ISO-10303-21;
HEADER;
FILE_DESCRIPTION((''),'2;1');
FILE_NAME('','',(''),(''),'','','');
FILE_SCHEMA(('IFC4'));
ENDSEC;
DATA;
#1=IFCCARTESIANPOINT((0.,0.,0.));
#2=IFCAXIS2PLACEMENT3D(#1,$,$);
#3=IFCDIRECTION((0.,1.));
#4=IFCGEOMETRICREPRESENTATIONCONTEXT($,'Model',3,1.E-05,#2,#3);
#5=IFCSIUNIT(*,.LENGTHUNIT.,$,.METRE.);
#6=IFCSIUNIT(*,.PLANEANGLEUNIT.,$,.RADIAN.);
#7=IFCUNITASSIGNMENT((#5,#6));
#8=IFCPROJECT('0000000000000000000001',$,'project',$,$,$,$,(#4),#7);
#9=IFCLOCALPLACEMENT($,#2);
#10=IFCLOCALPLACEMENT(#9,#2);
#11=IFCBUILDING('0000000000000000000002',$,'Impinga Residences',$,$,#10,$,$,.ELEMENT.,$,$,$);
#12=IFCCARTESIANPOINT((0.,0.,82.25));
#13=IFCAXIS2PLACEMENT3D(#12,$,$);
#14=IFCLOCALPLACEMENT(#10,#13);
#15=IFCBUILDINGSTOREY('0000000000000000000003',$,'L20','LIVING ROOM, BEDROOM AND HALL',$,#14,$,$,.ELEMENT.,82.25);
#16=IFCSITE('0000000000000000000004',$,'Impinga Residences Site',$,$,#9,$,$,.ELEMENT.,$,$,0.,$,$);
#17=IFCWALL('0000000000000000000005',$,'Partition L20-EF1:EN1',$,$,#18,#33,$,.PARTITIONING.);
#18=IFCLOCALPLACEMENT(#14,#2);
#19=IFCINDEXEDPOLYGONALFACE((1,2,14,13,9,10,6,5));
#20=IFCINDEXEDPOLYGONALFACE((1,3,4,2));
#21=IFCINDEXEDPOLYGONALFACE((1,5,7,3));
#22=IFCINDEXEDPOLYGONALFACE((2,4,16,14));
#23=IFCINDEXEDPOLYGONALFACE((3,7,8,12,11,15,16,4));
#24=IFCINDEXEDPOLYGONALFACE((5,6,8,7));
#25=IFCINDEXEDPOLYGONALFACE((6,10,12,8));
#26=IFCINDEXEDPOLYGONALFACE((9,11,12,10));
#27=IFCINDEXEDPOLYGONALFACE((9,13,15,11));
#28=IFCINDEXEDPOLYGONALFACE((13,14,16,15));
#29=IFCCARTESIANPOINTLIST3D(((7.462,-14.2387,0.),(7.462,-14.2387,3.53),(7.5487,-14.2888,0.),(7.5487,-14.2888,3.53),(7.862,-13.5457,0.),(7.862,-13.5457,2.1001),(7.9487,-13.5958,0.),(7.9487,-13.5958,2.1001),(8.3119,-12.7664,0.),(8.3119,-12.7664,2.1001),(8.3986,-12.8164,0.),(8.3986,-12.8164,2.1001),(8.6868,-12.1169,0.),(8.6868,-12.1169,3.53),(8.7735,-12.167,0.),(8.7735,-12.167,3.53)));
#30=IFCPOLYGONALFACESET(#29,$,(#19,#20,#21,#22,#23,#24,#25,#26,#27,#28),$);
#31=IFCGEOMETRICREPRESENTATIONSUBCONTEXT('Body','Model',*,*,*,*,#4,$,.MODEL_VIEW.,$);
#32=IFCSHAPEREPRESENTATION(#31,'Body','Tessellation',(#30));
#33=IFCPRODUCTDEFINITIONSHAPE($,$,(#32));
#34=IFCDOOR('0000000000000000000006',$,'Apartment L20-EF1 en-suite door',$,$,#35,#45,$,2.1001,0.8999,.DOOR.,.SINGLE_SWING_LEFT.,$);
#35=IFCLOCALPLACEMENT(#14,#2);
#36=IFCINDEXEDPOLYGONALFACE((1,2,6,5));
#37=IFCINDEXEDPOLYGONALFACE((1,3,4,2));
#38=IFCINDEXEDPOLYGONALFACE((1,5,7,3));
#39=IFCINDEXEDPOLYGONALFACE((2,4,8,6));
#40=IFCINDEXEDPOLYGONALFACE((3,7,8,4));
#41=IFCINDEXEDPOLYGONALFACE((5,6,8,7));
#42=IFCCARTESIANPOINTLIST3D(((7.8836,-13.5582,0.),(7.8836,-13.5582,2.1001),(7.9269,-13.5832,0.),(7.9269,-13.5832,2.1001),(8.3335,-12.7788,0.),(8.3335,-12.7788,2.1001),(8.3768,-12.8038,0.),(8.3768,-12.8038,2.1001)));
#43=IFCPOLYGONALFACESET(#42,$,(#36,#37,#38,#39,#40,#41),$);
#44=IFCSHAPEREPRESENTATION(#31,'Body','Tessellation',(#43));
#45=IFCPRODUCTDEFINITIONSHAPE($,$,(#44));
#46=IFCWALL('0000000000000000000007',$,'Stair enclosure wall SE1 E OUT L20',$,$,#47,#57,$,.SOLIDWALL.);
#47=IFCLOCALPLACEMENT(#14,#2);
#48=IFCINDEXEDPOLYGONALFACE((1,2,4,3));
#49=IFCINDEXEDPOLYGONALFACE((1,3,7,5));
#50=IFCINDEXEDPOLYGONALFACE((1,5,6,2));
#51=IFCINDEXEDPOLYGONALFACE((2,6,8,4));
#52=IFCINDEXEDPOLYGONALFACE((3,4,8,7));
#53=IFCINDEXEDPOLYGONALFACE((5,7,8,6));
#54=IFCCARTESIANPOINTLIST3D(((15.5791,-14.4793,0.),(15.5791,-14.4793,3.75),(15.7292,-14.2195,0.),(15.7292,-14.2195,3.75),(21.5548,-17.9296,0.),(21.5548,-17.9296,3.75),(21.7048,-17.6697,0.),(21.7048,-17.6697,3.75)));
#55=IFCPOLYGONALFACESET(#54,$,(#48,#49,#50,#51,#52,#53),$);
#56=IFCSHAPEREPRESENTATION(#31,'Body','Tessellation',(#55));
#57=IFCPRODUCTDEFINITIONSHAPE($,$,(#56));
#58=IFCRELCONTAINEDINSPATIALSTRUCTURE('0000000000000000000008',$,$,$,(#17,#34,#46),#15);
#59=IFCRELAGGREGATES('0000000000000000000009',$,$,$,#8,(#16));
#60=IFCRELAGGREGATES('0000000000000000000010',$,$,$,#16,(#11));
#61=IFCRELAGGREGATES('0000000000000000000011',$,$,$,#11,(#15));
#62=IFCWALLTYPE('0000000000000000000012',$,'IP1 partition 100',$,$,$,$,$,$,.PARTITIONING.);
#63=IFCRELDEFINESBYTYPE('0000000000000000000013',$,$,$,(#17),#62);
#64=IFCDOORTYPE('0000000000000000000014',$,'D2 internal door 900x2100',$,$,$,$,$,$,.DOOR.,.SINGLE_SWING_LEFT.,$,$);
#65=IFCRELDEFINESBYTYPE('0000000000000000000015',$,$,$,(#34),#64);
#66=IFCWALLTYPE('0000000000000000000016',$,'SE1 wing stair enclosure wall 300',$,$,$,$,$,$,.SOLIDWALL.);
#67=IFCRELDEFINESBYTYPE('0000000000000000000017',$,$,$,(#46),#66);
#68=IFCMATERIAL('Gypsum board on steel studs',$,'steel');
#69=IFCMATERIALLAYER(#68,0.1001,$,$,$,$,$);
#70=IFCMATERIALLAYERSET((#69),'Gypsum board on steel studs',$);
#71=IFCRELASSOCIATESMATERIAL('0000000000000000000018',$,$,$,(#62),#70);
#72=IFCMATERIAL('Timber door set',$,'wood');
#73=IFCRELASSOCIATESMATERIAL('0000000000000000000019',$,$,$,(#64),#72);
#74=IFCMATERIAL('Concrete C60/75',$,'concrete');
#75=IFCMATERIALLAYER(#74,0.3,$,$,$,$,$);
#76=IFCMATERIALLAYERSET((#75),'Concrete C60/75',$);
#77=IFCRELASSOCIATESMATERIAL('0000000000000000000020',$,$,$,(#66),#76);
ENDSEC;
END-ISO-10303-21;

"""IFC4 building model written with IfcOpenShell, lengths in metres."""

from ifc_helpers import new_model, si_unit, direction, frame, frame_2d, origin, place, context, subcontext, project, spatial, rectangle, extrude, material, layer, layer_set, type_object, element, fill, save


model = new_model("IFC4")

# Units and contexts
model_context = context("Model", 3, precision=1e-05, world=origin(), true_north=direction((0.0, 1.0)))
body_context = subcontext(model_context, "Body", "Model", "MODEL_VIEW")
ifc_project = project(units=[si_unit("LENGTHUNIT", "METRE"), si_unit("PLANEANGLEUNIT", "RADIAN")], contexts=[model_context])

# Site, building, storey
site_placement = place(None, origin())
site = spatial("IfcSite", under=ifc_project, at=site_placement, Name="Impinga Residences Site", CompositionType="ELEMENT", RefElevation=0.0)
building_placement = place(site_placement, origin())
building = spatial("IfcBuilding", under=site, at=building_placement, Name="Impinga Residences", CompositionType="ELEMENT")
storey_placement = place(building_placement, frame((0.0, 0.0, 82.25)))
storey = spatial("IfcBuildingStorey", under=building, at=storey_placement, Name="L20", Description="LIVING ROOM, BEDROOM AND HALL", CompositionType="ELEMENT", Elevation=82.25)

# Shared definitions
ifc_material_1 = material(Name="Concrete C60/75", Category="concrete")

# Shared definitions
ifc_material_2 = material(Name="Timber door set", Category="wood")

# Shared definitions
ifc_material_3 = material(Name="Gypsum board on steel studs", Category="steel")
ifc_layer_1 = layer(ifc_material_3, 0.1001)
ifc_layer_set_1 = layer_set([ifc_layer_1], Name="Gypsum board on steel studs")
wall_type_1 = type_object("IfcWallType", Name="IP1 partition 100", PredefinedType="PARTITIONING", material=ifc_layer_set_1)
door_type_1 = type_object("IfcDoorType", Name="D2 internal door 900x2100", OperationType="SINGLE_SWING_LEFT", PredefinedType="DOOR", material=ifc_material_2)

# Wall, opening, door
wall_1_placement = place(storey_placement, frame((8.7302, -12.1418, 0.0), z_axis=(0.0, 0.0, 1.0), x_axis=(-0.499944, -0.866058, 0.0)))
wall_1 = element("IfcWall", 1, at=wall_1_placement, inside=storey, type_object=wall_type_1, Name="Partition L20-EF1:EN1", PredefinedType="PARTITIONING", context=body_context, shape_type="SweptSolid", body=[
    extrude(rectangle(XDim=2.45, YDim=0.1001, at=frame_2d((1.2251, 0.0))), origin(), (0.0, 0.0, 1.0), 3.53),
])
opening_1_placement = place(wall_1_placement, frame((0.75, 0.0, 0.0)))
opening_1 = element("IfcOpeningElement", 2, at=opening_1_placement, cuts=wall_1, PredefinedType="OPENING", context=body_context, shape_type="SweptSolid", body=[
    extrude(rectangle(XDim=0.8999, YDim=2.1001, at=frame_2d((0.45, 1.05))), frame((0.0, 0.0601, 0.0), z_axis=(0.0, -1.0, 0.0), x_axis=(1.0, 0.0, 0.0)), (0.0, 0.0, 1.0), 0.1201),
])
door_1_placement = place(opening_1_placement, origin())
door_1 = element("IfcDoor", 3, at=door_1_placement, inside=storey, type_object=door_type_1, Name="Apartment L20-EF1 en-suite door", OperationType="SINGLE_SWING_LEFT", OverallHeight=2.1001, OverallWidth=0.8999, PredefinedType="DOOR", context=body_context, shape_type="SweptSolid", body=[
    extrude(rectangle(XDim=0.8999, YDim=2.1001, at=frame_2d((0.45, 1.05))), frame((0.0, 0.0249, 0.0), z_axis=(0.0, -1.0, 0.0), x_axis=(1.0, 0.0, 0.0)), (0.0, 0.0, 1.0), 0.05),
])
fill(opening_1, door_1)

# Wall
ifc_layer_2 = layer(ifc_material_1, 0.3)
ifc_layer_set_2 = layer_set([ifc_layer_2], Name="Concrete C60/75")
wall_type_2 = type_object("IfcWallType", Name="SE1 wing stair enclosure wall 300", PredefinedType="SOLIDWALL", material=ifc_layer_set_2)
wall_2_placement = place(storey_placement, frame((15.6541, -14.3494, 0.0), z_axis=(0.0, 0.0, 1.0), x_axis=(0.866014, -0.500021, 0.0)))
element("IfcWall", 4, at=wall_2_placement, inside=storey, type_object=wall_type_2, Name="Stair enclosure wall SE1 E OUT L20", PredefinedType="SOLIDWALL", context=body_context, shape_type="SweptSolid", body=[
    extrude(rectangle(XDim=6.9001, YDim=0.3, at=frame_2d((3.4502, 0.0))), origin(), (0.0, 0.0, 1.0), 3.75),
])

save(model, "model.ifc")
